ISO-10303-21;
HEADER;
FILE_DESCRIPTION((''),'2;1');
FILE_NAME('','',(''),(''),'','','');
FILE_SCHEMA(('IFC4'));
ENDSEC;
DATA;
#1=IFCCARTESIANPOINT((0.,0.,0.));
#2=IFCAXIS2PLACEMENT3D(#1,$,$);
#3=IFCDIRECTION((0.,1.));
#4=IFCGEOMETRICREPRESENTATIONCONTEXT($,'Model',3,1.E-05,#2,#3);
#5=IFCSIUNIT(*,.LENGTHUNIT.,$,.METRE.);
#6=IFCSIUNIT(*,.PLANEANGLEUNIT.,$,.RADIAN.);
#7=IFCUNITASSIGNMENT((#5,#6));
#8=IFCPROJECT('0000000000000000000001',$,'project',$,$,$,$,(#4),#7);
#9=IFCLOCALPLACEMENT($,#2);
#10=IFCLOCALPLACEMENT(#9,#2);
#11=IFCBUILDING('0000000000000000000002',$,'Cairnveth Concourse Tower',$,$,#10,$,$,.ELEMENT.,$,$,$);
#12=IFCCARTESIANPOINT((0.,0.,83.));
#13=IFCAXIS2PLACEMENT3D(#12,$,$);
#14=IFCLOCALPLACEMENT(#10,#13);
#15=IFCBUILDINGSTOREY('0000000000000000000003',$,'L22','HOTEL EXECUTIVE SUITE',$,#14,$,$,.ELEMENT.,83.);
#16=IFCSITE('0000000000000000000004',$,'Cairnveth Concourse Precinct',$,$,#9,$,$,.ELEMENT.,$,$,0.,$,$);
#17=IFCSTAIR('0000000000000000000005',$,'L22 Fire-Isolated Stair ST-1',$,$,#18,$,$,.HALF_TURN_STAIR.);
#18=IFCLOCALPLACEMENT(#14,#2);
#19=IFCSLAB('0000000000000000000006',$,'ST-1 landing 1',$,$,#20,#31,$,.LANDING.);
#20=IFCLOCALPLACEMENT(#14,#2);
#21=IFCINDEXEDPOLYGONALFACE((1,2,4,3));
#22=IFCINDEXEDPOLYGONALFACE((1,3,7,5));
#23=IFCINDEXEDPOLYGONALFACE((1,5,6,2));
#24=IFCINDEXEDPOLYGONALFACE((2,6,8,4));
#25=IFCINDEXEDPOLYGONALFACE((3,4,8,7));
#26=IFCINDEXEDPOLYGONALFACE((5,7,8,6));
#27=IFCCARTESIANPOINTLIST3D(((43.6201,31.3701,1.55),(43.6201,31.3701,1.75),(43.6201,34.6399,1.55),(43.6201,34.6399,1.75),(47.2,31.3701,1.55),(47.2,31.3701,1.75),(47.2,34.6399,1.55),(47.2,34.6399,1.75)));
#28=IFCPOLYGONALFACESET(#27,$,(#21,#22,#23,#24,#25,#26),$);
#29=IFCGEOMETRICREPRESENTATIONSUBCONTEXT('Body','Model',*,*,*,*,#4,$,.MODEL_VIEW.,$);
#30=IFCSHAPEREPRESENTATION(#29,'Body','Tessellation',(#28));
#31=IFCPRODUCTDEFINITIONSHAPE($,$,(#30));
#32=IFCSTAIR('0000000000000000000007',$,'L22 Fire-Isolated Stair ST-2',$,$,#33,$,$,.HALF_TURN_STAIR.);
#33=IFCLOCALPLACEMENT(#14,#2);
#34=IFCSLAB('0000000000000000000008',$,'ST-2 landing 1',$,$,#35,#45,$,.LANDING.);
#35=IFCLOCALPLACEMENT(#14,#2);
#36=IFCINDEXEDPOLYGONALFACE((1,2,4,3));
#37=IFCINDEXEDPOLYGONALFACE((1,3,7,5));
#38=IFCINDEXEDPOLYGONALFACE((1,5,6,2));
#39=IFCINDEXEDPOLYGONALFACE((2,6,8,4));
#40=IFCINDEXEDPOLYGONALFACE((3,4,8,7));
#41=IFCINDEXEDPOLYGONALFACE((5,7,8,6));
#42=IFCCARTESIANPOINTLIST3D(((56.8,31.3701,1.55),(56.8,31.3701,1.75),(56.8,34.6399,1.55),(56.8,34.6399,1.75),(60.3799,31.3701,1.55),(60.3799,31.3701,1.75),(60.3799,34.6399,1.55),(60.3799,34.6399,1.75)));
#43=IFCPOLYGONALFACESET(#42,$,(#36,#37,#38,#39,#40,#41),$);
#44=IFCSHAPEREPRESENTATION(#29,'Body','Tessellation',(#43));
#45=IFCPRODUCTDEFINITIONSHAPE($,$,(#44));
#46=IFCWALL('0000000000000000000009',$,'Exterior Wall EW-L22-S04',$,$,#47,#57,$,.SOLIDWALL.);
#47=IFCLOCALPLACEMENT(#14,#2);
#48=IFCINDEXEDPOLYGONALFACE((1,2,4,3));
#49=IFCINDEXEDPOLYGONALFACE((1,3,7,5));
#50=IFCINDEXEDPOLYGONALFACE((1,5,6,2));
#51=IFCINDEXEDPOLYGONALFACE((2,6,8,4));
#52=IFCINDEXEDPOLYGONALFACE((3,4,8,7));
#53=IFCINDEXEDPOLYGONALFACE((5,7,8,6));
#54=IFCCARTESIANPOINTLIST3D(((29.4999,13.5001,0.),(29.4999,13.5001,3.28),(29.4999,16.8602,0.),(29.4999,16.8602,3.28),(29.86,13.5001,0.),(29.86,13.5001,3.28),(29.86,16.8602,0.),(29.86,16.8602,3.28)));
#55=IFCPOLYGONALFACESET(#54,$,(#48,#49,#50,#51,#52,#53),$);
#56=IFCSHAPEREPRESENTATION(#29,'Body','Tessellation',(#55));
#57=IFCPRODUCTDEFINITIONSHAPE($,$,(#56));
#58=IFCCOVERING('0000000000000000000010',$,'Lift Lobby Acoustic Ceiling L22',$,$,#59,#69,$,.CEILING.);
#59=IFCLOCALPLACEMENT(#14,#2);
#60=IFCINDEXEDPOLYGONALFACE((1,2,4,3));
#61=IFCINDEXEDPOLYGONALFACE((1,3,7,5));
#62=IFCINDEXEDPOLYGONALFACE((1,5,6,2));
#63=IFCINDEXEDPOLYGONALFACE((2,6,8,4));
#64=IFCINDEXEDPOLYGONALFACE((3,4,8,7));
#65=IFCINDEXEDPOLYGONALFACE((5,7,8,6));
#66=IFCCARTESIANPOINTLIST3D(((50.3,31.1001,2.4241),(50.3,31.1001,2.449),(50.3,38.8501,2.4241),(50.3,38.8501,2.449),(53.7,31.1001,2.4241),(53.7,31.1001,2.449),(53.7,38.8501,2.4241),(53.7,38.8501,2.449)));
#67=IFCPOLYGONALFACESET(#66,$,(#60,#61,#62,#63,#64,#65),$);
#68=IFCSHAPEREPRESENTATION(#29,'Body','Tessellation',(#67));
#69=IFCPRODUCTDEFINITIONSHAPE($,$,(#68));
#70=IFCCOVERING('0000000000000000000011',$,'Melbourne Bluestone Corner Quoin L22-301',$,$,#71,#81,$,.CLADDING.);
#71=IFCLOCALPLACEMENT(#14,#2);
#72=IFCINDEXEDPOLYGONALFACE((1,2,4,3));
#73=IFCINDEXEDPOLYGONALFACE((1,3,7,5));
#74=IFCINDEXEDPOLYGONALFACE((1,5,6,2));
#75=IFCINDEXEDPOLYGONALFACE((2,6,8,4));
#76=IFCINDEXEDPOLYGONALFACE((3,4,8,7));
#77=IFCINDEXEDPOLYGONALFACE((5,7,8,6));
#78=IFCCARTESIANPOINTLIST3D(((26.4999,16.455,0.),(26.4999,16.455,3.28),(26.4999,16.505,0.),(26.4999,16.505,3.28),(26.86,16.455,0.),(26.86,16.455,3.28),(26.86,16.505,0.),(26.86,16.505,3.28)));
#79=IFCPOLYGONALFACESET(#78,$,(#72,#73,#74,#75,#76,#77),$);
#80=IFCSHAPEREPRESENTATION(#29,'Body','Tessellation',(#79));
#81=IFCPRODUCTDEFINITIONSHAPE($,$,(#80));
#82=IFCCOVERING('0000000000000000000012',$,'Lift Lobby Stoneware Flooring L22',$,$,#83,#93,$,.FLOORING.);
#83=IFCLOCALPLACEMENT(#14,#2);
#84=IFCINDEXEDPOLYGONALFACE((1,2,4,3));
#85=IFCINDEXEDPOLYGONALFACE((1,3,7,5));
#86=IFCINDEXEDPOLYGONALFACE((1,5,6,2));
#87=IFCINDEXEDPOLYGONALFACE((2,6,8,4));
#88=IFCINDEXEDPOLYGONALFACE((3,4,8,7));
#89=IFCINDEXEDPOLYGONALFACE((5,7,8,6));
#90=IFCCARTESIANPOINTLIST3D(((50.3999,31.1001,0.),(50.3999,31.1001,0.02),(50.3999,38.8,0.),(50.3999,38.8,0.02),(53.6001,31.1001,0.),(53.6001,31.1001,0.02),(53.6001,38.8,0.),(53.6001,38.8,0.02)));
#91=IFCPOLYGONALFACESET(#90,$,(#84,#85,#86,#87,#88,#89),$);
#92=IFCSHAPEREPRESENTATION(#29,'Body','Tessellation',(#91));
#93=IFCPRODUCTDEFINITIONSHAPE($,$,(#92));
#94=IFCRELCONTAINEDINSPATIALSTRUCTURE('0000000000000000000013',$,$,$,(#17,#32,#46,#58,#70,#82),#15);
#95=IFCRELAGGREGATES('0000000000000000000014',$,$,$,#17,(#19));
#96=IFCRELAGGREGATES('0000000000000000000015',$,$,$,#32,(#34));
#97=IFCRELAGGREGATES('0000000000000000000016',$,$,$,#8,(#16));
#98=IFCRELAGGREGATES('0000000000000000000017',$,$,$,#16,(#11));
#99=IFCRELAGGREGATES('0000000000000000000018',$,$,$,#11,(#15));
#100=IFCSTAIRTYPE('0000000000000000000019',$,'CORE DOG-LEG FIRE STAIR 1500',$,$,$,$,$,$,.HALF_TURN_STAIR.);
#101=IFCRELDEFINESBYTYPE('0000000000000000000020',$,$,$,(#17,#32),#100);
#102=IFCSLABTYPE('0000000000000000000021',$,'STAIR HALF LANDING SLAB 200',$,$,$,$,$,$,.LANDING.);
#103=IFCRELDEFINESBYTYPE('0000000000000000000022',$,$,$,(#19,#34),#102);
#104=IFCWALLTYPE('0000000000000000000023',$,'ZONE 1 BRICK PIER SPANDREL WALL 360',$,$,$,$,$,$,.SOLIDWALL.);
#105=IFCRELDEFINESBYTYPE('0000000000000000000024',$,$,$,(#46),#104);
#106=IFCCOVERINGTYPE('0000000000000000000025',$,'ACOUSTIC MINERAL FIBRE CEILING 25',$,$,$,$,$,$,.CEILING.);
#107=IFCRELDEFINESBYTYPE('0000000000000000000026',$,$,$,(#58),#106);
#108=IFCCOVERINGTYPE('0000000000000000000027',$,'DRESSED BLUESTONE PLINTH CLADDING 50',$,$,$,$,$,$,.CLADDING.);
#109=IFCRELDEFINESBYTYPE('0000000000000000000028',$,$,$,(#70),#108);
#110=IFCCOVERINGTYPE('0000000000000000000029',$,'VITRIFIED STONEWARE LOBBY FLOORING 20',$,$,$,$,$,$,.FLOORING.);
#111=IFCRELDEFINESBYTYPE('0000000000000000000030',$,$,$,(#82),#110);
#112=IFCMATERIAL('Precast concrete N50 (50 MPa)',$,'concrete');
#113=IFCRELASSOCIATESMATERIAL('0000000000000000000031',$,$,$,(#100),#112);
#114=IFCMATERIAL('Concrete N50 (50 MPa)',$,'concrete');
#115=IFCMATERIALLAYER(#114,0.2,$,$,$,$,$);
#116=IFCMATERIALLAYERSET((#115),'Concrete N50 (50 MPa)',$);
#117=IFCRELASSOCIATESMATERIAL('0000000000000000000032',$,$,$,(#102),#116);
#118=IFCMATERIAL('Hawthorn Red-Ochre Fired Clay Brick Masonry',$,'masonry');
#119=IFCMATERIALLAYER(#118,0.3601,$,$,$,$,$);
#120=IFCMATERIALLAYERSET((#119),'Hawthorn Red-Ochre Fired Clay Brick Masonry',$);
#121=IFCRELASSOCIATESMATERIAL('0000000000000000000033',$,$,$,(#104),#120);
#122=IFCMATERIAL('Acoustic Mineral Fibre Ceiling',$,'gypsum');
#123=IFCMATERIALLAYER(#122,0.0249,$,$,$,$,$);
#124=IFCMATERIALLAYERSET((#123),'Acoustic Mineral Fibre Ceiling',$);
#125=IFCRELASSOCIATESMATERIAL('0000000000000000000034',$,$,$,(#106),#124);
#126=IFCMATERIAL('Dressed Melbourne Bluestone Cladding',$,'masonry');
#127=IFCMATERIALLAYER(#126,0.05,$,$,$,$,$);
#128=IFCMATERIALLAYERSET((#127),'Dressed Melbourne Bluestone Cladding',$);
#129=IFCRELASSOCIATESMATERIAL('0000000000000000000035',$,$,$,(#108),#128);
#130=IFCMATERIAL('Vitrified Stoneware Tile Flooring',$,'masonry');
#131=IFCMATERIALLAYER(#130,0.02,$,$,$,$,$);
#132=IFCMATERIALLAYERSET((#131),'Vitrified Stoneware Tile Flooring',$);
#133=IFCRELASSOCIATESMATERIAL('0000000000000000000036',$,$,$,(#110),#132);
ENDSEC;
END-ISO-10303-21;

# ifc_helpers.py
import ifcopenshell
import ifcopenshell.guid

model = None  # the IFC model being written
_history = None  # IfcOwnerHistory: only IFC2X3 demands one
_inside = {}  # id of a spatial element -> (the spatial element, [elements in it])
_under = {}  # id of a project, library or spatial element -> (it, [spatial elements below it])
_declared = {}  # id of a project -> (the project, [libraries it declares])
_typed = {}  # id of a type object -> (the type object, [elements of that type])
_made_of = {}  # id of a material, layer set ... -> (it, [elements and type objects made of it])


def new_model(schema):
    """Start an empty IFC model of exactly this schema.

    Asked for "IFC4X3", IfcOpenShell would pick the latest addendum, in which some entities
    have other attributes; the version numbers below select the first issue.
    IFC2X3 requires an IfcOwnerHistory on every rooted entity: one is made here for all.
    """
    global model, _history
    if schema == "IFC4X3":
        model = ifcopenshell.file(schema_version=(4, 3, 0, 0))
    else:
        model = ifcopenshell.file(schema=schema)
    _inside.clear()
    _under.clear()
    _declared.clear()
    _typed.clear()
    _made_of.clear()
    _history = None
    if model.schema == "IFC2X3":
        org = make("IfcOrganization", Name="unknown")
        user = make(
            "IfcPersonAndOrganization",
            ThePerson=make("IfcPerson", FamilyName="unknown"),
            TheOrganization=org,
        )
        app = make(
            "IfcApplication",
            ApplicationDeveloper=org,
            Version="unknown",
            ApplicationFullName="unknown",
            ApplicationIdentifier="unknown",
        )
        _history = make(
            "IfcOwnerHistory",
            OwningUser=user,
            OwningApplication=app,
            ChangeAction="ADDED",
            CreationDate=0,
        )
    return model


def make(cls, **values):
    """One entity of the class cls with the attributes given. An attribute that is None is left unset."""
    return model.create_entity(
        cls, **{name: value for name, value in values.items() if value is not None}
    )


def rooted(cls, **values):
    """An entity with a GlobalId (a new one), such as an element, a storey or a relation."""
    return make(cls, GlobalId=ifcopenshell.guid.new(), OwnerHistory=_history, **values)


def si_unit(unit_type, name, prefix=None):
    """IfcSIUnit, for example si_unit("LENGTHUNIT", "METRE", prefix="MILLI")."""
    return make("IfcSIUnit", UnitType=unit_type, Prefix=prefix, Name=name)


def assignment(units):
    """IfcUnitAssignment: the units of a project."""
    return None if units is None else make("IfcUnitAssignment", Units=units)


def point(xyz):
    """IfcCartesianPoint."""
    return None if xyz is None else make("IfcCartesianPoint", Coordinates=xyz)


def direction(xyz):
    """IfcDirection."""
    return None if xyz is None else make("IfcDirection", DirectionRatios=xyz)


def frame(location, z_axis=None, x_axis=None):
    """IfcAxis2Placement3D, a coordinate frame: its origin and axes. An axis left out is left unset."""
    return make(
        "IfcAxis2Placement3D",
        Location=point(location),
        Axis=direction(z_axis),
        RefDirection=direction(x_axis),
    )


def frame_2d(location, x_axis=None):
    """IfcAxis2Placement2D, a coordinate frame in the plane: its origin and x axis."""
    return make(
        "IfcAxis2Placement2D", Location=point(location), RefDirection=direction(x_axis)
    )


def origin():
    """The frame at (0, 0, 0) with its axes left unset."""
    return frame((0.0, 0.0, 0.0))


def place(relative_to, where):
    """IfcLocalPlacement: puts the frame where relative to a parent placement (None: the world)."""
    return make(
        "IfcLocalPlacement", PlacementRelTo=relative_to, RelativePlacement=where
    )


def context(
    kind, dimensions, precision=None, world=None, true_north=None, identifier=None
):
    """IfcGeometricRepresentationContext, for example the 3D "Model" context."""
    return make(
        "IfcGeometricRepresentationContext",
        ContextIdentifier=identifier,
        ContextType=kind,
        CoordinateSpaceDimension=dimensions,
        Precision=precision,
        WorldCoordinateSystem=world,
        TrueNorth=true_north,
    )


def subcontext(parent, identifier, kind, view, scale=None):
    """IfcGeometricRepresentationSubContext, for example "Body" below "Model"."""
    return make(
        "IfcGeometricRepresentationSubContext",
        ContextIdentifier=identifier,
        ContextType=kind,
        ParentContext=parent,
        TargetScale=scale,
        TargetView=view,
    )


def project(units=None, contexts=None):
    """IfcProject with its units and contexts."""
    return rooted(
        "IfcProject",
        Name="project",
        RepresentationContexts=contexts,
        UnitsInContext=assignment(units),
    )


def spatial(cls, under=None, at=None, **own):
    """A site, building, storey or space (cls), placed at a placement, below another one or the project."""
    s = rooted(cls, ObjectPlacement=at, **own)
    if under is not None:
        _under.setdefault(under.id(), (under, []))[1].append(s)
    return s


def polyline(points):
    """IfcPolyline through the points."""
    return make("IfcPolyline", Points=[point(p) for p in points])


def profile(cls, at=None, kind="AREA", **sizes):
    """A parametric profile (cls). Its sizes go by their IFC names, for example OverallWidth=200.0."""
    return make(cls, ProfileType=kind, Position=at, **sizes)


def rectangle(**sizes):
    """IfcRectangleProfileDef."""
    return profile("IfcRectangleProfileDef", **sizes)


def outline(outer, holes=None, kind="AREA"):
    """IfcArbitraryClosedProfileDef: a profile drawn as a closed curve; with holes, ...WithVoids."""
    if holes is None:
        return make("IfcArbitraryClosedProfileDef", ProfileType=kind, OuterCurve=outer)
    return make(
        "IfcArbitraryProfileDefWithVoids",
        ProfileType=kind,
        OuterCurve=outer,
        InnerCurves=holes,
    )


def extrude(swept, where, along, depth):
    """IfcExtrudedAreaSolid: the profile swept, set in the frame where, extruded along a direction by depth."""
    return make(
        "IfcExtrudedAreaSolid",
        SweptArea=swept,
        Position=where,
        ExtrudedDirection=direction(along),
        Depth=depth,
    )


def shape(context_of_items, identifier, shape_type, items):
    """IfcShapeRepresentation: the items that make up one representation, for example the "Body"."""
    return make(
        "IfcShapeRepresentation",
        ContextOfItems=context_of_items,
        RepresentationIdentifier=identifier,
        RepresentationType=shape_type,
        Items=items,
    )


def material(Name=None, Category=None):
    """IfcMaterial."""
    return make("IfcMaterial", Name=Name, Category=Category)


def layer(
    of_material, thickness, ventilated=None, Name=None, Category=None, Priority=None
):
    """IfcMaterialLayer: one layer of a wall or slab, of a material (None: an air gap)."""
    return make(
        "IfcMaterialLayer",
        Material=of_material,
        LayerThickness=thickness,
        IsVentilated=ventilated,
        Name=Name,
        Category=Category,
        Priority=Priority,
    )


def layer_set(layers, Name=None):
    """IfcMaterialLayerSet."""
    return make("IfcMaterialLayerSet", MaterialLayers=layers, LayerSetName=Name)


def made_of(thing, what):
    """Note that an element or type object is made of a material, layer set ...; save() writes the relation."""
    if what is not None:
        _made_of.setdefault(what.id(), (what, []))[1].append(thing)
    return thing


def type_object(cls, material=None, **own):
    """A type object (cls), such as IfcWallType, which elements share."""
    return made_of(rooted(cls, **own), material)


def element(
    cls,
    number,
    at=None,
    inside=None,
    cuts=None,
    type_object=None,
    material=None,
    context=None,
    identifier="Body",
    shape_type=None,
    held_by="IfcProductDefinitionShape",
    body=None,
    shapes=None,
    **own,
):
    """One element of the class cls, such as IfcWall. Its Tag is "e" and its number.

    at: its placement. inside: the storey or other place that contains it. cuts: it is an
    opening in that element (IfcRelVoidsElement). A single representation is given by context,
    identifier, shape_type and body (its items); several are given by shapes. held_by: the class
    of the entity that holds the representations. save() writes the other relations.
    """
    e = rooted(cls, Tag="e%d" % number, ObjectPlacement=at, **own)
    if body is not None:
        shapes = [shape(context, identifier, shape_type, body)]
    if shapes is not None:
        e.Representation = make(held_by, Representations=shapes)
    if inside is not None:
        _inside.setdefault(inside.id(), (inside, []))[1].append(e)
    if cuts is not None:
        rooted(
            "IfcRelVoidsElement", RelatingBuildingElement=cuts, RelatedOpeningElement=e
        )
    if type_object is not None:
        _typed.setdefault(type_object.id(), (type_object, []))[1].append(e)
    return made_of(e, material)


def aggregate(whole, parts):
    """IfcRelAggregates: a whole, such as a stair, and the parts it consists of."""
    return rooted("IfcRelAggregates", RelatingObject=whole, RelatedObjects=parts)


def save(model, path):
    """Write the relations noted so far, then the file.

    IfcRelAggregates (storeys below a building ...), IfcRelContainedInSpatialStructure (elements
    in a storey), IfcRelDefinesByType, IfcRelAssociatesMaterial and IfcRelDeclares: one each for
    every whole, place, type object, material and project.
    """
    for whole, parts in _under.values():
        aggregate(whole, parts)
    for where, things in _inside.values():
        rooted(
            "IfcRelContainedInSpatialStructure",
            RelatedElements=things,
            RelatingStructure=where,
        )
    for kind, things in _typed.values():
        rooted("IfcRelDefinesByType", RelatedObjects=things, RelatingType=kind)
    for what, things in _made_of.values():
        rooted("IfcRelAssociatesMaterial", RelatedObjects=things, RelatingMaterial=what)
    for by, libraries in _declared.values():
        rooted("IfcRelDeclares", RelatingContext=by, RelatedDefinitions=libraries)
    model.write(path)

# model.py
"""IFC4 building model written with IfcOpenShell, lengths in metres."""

from ifc_helpers import new_model, si_unit, direction, frame, frame_2d, origin, place, context, subcontext, project, spatial, polyline, rectangle, outline, extrude, material, layer, layer_set, type_object, element, aggregate, save


model = new_model("IFC4")

# Units and contexts
model_context = context("Model", 3, precision=1e-05, world=origin(), true_north=direction((0.0, 1.0)))
body_context = subcontext(model_context, "Body", "Model", "MODEL_VIEW")
ifc_project = project(units=[si_unit("LENGTHUNIT", "METRE"), si_unit("PLANEANGLEUNIT", "RADIAN")], contexts=[model_context])

# Site, building, storey
site_placement = place(None, origin())
site = spatial("IfcSite", under=ifc_project, at=site_placement, Name="Cairnveth Concourse Precinct", CompositionType="ELEMENT", RefElevation=0.0)
building_placement = place(site_placement, origin())
building = spatial("IfcBuilding", under=site, at=building_placement, Name="Cairnveth Concourse Tower", CompositionType="ELEMENT")
storey_placement = place(building_placement, frame((0.0, 0.0, 83.0)))
storey = spatial("IfcBuildingStorey", under=building, at=storey_placement, Name="L22", Description="HOTEL EXECUTIVE SUITE", CompositionType="ELEMENT", Elevation=83.0)

# Shared definitions
ifc_material_1 = material(Name="Concrete N50 (50 MPa)", Category="concrete")

# Stairs, slabs
ifc_material_2 = material(Name="Precast concrete N50 (50 MPa)", Category="concrete")
stair_type = type_object("IfcStairType", Name="CORE DOG-LEG FIRE STAIR 1500", PredefinedType="HALF_TURN_STAIR", material=ifc_material_2)
stair_1_placement = place(storey_placement, origin())
stair_1 = element("IfcStair", 1, at=stair_1_placement, inside=storey, type_object=stair_type, Name="L22 Fire-Isolated Stair ST-1", PredefinedType="HALF_TURN_STAIR")
ifc_layer_1 = layer(ifc_material_1, 0.2)
ifc_layer_set_1 = layer_set([ifc_layer_1], Name="Concrete N50 (50 MPa)")
slab_type_1 = type_object("IfcSlabType", Name="STAIR HALF LANDING SLAB 200", PredefinedType="LANDING", material=ifc_layer_set_1)
slab_1_placement = place(storey_placement, frame((0.0, 0.0, 1.55)))
slab_1 = element("IfcSlab", 2, at=slab_1_placement, type_object=slab_type_1, Name="ST-1 landing 1", PredefinedType="LANDING", context=body_context, shape_type="SweptSolid", body=[
    extrude(outline(polyline([(43.6201, 34.6399), (43.6201, 31.3701), (47.2, 31.3701), (47.2, 34.6399), (43.6201, 34.6399)])), origin(), (0.0, 0.0, 1.0), 0.2),
])
aggregate(stair_1, [slab_1])
stair_2_placement = place(storey_placement, origin())
stair_2 = element("IfcStair", 3, at=stair_2_placement, inside=storey, type_object=stair_type, Name="L22 Fire-Isolated Stair ST-2", PredefinedType="HALF_TURN_STAIR")
slab_2_placement = place(storey_placement, frame((0.0, 0.0, 1.55)))
slab_2 = element("IfcSlab", 4, at=slab_2_placement, type_object=slab_type_1, Name="ST-2 landing 1", PredefinedType="LANDING", context=body_context, shape_type="SweptSolid", body=[
    extrude(outline(polyline([(56.8, 34.6399), (56.8, 31.3701), (60.3799, 31.3701), (60.3799, 34.6399), (56.8, 34.6399)])), origin(), (0.0, 0.0, 1.0), 0.2),
])
aggregate(stair_2, [slab_2])

# Wall
ifc_material_3 = material(Name="Hawthorn Red-Ochre Fired Clay Brick Masonry", Category="masonry")
ifc_layer_2 = layer(ifc_material_3, 0.3601)
ifc_layer_set_2 = layer_set([ifc_layer_2], Name="Hawthorn Red-Ochre Fired Clay Brick Masonry")
wall_type = type_object("IfcWallType", Name="ZONE 1 BRICK PIER SPANDREL WALL 360", PredefinedType="SOLIDWALL", material=ifc_layer_set_2)
wall_1_placement = place(storey_placement, frame((29.6799, 13.5, 0.0), z_axis=(0.0, 0.0, 1.0), x_axis=(0.0, 1.0, 0.0)))
element("IfcWall", 5, at=wall_1_placement, inside=storey, type_object=wall_type, Name="Exterior Wall EW-L22-S04", PredefinedType="SOLIDWALL", context=body_context, shape_type="SweptSolid", body=[
    extrude(rectangle(XDim=3.3601, YDim=0.3601, at=frame_2d((1.6802, 0.0))), origin(), (0.0, 0.0, 1.0), 3.28),
])

# Coverings
ifc_material_4 = material(Name="Acoustic Mineral Fibre Ceiling", Category="gypsum")
ifc_layer_3 = layer(ifc_material_4, 0.0249)
ifc_layer_set_3 = layer_set([ifc_layer_3], Name="Acoustic Mineral Fibre Ceiling")
covering_type_1 = type_object("IfcCoveringType", Name="ACOUSTIC MINERAL FIBRE CEILING 25", PredefinedType="CEILING", material=ifc_layer_set_3)
covering_1_placement = place(storey_placement, frame((0.0, 0.0, 2.4241)))
element("IfcCovering", 6, at=covering_1_placement, inside=storey, type_object=covering_type_1, Name="Lift Lobby Acoustic Ceiling L22", PredefinedType="CEILING", context=body_context, shape_type="SweptSolid", body=[
    extrude(outline(polyline([(50.3, 31.1001), (53.7, 31.1001), (53.7, 38.8501), (50.3, 38.8501), (50.3, 31.1001)])), origin(), (0.0, 0.0, 1.0), 0.0249),
])
ifc_material_5 = material(Name="Dressed Melbourne Bluestone Cladding", Category="masonry")
ifc_layer_4 = layer(ifc_material_5, 0.05)
ifc_layer_set_4 = layer_set([ifc_layer_4], Name="Dressed Melbourne Bluestone Cladding")
covering_type_2 = type_object("IfcCoveringType", Name="DRESSED BLUESTONE PLINTH CLADDING 50", PredefinedType="CLADDING", material=ifc_layer_set_4)
covering_2_placement = place(storey_placement, frame((26.8601, 16.48, 0.0), z_axis=(0.0, 0.0, 1.0), x_axis=(-1.0, 0.0, 0.0)))
element("IfcCovering", 7, at=covering_2_placement, inside=storey, type_object=covering_type_2, Name="Melbourne Bluestone Corner Quoin L22-301", PredefinedType="CLADDING", context=body_context, shape_type="SweptSolid", body=[
    extrude(rectangle(XDim=0.3601, YDim=0.05, at=frame_2d((0.1802, 0.0))), origin(), (0.0, 0.0, 1.0), 3.28),
])
ifc_material_6 = material(Name="Vitrified Stoneware Tile Flooring", Category="masonry")
ifc_layer_5 = layer(ifc_material_6, 0.02)
ifc_layer_set_5 = layer_set([ifc_layer_5], Name="Vitrified Stoneware Tile Flooring")
covering_type_3 = type_object("IfcCoveringType", Name="VITRIFIED STONEWARE LOBBY FLOORING 20", PredefinedType="FLOORING", material=ifc_layer_set_5)
covering_3_placement = place(storey_placement, origin())
element("IfcCovering", 8, at=covering_3_placement, inside=storey, type_object=covering_type_3, Name="Lift Lobby Stoneware Flooring L22", PredefinedType="FLOORING", context=body_context, shape_type="SweptSolid", body=[
    extrude(outline(polyline([(50.3999, 31.1001), (53.6001, 31.1001), (53.6001, 38.8), (50.3999, 38.8), (50.3999, 31.1001)])), origin(), (0.0, 0.0, 1.0), 0.02),
])

save(model, "model.ifc")
